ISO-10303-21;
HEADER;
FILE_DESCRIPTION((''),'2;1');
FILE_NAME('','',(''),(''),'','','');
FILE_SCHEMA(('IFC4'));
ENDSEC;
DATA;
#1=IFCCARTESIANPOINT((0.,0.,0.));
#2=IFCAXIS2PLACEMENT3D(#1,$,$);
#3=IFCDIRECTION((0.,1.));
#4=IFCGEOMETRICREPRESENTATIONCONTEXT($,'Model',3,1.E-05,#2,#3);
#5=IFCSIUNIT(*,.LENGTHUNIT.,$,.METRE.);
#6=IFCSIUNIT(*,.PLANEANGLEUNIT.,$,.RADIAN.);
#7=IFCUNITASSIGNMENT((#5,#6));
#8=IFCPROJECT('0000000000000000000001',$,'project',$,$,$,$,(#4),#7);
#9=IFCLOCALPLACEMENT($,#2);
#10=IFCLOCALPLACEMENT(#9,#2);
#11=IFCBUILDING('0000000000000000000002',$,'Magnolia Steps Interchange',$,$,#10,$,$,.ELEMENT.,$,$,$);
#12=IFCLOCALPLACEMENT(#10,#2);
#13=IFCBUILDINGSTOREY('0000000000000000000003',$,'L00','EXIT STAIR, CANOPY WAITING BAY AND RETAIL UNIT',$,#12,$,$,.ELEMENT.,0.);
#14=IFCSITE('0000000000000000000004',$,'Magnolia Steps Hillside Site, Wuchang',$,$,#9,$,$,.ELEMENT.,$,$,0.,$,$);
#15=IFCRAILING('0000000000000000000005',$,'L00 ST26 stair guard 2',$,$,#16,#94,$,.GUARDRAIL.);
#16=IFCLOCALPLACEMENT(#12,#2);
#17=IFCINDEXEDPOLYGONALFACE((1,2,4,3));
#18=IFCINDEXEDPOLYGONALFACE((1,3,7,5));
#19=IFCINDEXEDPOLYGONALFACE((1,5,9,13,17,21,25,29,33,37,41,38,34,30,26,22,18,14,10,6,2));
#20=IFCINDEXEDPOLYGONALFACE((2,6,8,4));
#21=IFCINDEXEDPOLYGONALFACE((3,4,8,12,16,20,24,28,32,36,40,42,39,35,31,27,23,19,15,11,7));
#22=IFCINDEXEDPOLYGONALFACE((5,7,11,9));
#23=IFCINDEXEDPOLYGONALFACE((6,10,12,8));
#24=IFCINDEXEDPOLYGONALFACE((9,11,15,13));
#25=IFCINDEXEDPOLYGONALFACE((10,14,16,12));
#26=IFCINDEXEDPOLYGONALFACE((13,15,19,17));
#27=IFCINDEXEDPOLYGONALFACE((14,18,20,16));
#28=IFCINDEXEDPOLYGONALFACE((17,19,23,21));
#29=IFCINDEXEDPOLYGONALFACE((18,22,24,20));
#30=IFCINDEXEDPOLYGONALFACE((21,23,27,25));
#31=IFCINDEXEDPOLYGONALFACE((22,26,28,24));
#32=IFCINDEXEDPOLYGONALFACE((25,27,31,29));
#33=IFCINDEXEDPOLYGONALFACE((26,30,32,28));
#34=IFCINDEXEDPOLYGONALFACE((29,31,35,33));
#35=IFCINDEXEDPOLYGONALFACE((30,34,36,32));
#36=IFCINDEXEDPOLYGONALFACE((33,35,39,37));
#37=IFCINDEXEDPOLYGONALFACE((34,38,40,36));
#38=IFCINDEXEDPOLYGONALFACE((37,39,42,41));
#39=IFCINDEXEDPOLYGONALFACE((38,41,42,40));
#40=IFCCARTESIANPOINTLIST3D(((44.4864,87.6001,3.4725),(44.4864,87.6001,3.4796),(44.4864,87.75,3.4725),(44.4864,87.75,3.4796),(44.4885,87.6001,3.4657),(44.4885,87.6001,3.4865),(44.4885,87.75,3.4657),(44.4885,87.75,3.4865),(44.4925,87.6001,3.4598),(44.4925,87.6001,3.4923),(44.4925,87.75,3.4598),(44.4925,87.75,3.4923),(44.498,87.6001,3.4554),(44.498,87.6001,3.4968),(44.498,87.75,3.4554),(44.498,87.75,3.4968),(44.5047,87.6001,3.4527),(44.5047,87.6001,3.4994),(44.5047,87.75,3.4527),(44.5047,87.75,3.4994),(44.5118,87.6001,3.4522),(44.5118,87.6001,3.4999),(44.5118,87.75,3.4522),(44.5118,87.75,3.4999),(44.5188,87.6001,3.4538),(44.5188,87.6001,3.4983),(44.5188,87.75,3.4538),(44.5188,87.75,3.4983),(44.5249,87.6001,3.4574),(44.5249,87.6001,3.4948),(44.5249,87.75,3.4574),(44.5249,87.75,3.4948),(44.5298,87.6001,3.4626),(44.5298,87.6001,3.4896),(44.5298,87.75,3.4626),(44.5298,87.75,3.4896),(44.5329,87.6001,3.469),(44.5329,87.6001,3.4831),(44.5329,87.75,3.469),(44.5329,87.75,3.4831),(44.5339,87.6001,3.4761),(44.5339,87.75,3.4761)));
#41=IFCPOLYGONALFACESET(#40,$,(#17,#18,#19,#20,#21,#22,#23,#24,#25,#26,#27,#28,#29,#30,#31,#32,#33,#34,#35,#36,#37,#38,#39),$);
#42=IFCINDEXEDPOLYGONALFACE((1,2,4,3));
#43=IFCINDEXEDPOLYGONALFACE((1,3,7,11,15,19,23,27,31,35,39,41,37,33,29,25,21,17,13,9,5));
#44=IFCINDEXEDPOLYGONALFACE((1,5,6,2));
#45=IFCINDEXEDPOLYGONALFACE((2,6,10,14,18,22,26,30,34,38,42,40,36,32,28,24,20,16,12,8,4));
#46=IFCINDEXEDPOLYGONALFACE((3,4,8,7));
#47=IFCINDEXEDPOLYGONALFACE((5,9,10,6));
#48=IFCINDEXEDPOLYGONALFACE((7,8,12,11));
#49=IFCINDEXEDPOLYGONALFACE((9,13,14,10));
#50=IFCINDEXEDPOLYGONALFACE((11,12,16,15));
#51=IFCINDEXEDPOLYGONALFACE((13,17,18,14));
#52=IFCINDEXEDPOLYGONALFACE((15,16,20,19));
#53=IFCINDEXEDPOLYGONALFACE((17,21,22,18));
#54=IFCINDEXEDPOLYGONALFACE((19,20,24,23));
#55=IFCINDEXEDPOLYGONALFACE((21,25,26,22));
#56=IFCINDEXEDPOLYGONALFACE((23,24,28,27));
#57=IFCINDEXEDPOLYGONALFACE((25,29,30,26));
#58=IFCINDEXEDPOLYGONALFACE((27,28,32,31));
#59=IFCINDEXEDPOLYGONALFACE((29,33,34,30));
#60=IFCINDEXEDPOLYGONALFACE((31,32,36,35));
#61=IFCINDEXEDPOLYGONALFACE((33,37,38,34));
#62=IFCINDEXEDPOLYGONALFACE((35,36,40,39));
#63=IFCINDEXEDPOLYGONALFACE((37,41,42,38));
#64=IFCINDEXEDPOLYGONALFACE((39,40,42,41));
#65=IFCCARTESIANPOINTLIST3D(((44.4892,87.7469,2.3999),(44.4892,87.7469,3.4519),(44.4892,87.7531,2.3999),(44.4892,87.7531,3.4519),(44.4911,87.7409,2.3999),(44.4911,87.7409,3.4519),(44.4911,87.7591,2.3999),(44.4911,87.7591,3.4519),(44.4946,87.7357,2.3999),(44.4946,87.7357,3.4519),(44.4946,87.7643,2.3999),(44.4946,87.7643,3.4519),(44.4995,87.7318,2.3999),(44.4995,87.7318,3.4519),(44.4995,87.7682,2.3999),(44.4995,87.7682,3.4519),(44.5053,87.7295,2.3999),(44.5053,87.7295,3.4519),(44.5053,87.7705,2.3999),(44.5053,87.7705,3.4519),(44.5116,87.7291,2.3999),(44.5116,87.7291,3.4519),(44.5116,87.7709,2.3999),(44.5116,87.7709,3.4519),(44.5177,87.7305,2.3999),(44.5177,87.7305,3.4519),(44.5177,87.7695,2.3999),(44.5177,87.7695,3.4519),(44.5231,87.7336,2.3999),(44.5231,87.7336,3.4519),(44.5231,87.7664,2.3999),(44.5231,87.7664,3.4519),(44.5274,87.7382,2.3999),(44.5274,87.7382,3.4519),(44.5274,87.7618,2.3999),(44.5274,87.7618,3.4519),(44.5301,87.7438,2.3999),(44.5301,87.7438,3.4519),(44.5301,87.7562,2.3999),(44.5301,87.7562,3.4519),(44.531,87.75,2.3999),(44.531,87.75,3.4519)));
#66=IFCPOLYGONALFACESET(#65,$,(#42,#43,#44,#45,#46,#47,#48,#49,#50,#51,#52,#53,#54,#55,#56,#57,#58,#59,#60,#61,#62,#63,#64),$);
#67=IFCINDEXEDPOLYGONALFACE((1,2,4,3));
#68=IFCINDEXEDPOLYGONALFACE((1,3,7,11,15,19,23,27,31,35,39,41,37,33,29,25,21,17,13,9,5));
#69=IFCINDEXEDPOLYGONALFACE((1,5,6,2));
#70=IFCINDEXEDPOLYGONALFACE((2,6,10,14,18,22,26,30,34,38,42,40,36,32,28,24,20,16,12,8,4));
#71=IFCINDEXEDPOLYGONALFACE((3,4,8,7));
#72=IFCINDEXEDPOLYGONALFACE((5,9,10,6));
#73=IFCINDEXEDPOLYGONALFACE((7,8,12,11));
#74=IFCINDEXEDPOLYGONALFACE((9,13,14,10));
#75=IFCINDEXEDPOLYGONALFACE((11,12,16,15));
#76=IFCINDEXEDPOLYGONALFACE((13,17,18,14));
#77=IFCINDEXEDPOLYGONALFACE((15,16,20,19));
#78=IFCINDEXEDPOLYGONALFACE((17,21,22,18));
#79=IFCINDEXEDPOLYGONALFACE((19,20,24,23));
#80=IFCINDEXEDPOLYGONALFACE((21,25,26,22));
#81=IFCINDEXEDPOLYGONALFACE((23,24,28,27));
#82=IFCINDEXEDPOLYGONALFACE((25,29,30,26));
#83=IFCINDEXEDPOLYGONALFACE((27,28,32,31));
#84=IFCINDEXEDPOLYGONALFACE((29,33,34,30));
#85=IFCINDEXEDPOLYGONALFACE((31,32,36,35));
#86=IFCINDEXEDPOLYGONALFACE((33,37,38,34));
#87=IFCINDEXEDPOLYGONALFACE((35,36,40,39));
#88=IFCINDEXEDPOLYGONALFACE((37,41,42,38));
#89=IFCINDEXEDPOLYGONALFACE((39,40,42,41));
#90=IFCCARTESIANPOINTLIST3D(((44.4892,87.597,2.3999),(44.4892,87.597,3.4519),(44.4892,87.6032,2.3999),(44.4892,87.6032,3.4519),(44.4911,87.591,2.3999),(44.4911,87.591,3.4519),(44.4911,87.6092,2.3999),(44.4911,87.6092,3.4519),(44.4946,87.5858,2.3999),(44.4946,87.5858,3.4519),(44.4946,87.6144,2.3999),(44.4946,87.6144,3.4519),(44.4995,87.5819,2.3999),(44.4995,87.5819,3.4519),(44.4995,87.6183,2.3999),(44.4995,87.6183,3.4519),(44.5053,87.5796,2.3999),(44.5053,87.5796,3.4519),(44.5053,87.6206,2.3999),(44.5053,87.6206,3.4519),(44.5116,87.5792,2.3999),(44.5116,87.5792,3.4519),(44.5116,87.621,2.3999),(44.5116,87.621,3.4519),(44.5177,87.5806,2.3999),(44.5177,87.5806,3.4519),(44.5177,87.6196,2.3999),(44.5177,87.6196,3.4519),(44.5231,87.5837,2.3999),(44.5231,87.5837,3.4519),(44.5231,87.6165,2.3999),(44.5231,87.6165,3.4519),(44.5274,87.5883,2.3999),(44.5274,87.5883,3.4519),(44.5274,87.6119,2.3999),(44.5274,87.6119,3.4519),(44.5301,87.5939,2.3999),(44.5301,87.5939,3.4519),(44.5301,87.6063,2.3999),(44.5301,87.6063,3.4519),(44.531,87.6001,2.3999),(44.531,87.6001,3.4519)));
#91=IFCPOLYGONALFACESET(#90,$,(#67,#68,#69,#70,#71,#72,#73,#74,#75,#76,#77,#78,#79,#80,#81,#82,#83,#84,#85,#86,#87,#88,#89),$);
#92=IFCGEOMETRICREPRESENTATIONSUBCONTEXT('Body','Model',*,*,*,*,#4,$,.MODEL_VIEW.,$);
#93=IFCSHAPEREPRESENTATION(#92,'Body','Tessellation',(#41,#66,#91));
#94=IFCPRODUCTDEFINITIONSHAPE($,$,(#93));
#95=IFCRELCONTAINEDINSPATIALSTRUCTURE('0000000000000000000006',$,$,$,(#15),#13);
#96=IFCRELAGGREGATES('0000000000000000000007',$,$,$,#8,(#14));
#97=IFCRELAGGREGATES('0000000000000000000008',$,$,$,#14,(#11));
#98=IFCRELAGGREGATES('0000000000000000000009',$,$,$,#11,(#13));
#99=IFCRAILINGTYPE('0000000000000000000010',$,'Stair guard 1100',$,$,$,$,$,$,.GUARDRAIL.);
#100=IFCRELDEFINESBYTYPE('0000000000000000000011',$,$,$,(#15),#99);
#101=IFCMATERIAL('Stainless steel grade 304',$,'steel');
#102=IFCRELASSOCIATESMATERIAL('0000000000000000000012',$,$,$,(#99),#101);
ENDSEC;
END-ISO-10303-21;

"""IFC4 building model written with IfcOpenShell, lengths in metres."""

from ifc_helpers import new_model, si_unit, direction, frame, origin, origin_2d, place, context, subcontext, project, spatial, circle, extrude, material, type_object, element, save


model = new_model("IFC4")

# Units and contexts
model_context = context("Model", 3, precision=1e-05, world=origin(), true_north=direction((0.0, 1.0)))
body_context = subcontext(model_context, "Body", "Model", "MODEL_VIEW")
ifc_project = project(units=[si_unit("LENGTHUNIT", "METRE"), si_unit("PLANEANGLEUNIT", "RADIAN")], contexts=[model_context])

# Site, building, storey
site_placement = place(None, origin())
site = spatial("IfcSite", under=ifc_project, at=site_placement, Name="Magnolia Steps Hillside Site, Wuchang", CompositionType="ELEMENT", RefElevation=0.0)
building_placement = place(site_placement, origin())
building = spatial("IfcBuilding", under=site, at=building_placement, Name="Magnolia Steps Interchange", CompositionType="ELEMENT")
storey_placement = place(building_placement, origin())
storey = spatial("IfcBuildingStorey", under=building, at=storey_placement, Name="L00", Description="EXIT STAIR, CANOPY WAITING BAY AND RETAIL UNIT", CompositionType="ELEMENT", Elevation=0.0)

# Railing
ifc_material_1 = material(Name="Stainless steel grade 304", Category="steel")
railing_type_1 = type_object("IfcRailingType", Name="Stair guard 1100", PredefinedType="GUARDRAIL", material=ifc_material_1)
railing_1_placement = place(storey_placement, frame((44.51, 87.75, 2.3999)))
element("IfcRailing", 1, at=railing_1_placement, inside=storey, type_object=railing_type_1, Name="L00 ST26 stair guard 2", PredefinedType="GUARDRAIL", context=body_context, shape_type="SweptSolid", body=[
    extrude(circle(Radius=0.0239, at=origin_2d()), frame((0.0, 0.0, 1.0762), z_axis=(0.0, -1.0, 0.0), x_axis=(1.0, 0.0, 0.0)), (0.0, 0.0, 1.0), 0.1499),
    extrude(circle(Radius=0.021, at=origin_2d()), origin(), (0.0, 0.0, 1.0), 1.052),
    extrude(circle(Radius=0.021, at=origin_2d()), frame((0.0, -0.1499, 0.0)), (0.0, 0.0, 1.0), 1.052),
])

save(model, "model.ifc")
